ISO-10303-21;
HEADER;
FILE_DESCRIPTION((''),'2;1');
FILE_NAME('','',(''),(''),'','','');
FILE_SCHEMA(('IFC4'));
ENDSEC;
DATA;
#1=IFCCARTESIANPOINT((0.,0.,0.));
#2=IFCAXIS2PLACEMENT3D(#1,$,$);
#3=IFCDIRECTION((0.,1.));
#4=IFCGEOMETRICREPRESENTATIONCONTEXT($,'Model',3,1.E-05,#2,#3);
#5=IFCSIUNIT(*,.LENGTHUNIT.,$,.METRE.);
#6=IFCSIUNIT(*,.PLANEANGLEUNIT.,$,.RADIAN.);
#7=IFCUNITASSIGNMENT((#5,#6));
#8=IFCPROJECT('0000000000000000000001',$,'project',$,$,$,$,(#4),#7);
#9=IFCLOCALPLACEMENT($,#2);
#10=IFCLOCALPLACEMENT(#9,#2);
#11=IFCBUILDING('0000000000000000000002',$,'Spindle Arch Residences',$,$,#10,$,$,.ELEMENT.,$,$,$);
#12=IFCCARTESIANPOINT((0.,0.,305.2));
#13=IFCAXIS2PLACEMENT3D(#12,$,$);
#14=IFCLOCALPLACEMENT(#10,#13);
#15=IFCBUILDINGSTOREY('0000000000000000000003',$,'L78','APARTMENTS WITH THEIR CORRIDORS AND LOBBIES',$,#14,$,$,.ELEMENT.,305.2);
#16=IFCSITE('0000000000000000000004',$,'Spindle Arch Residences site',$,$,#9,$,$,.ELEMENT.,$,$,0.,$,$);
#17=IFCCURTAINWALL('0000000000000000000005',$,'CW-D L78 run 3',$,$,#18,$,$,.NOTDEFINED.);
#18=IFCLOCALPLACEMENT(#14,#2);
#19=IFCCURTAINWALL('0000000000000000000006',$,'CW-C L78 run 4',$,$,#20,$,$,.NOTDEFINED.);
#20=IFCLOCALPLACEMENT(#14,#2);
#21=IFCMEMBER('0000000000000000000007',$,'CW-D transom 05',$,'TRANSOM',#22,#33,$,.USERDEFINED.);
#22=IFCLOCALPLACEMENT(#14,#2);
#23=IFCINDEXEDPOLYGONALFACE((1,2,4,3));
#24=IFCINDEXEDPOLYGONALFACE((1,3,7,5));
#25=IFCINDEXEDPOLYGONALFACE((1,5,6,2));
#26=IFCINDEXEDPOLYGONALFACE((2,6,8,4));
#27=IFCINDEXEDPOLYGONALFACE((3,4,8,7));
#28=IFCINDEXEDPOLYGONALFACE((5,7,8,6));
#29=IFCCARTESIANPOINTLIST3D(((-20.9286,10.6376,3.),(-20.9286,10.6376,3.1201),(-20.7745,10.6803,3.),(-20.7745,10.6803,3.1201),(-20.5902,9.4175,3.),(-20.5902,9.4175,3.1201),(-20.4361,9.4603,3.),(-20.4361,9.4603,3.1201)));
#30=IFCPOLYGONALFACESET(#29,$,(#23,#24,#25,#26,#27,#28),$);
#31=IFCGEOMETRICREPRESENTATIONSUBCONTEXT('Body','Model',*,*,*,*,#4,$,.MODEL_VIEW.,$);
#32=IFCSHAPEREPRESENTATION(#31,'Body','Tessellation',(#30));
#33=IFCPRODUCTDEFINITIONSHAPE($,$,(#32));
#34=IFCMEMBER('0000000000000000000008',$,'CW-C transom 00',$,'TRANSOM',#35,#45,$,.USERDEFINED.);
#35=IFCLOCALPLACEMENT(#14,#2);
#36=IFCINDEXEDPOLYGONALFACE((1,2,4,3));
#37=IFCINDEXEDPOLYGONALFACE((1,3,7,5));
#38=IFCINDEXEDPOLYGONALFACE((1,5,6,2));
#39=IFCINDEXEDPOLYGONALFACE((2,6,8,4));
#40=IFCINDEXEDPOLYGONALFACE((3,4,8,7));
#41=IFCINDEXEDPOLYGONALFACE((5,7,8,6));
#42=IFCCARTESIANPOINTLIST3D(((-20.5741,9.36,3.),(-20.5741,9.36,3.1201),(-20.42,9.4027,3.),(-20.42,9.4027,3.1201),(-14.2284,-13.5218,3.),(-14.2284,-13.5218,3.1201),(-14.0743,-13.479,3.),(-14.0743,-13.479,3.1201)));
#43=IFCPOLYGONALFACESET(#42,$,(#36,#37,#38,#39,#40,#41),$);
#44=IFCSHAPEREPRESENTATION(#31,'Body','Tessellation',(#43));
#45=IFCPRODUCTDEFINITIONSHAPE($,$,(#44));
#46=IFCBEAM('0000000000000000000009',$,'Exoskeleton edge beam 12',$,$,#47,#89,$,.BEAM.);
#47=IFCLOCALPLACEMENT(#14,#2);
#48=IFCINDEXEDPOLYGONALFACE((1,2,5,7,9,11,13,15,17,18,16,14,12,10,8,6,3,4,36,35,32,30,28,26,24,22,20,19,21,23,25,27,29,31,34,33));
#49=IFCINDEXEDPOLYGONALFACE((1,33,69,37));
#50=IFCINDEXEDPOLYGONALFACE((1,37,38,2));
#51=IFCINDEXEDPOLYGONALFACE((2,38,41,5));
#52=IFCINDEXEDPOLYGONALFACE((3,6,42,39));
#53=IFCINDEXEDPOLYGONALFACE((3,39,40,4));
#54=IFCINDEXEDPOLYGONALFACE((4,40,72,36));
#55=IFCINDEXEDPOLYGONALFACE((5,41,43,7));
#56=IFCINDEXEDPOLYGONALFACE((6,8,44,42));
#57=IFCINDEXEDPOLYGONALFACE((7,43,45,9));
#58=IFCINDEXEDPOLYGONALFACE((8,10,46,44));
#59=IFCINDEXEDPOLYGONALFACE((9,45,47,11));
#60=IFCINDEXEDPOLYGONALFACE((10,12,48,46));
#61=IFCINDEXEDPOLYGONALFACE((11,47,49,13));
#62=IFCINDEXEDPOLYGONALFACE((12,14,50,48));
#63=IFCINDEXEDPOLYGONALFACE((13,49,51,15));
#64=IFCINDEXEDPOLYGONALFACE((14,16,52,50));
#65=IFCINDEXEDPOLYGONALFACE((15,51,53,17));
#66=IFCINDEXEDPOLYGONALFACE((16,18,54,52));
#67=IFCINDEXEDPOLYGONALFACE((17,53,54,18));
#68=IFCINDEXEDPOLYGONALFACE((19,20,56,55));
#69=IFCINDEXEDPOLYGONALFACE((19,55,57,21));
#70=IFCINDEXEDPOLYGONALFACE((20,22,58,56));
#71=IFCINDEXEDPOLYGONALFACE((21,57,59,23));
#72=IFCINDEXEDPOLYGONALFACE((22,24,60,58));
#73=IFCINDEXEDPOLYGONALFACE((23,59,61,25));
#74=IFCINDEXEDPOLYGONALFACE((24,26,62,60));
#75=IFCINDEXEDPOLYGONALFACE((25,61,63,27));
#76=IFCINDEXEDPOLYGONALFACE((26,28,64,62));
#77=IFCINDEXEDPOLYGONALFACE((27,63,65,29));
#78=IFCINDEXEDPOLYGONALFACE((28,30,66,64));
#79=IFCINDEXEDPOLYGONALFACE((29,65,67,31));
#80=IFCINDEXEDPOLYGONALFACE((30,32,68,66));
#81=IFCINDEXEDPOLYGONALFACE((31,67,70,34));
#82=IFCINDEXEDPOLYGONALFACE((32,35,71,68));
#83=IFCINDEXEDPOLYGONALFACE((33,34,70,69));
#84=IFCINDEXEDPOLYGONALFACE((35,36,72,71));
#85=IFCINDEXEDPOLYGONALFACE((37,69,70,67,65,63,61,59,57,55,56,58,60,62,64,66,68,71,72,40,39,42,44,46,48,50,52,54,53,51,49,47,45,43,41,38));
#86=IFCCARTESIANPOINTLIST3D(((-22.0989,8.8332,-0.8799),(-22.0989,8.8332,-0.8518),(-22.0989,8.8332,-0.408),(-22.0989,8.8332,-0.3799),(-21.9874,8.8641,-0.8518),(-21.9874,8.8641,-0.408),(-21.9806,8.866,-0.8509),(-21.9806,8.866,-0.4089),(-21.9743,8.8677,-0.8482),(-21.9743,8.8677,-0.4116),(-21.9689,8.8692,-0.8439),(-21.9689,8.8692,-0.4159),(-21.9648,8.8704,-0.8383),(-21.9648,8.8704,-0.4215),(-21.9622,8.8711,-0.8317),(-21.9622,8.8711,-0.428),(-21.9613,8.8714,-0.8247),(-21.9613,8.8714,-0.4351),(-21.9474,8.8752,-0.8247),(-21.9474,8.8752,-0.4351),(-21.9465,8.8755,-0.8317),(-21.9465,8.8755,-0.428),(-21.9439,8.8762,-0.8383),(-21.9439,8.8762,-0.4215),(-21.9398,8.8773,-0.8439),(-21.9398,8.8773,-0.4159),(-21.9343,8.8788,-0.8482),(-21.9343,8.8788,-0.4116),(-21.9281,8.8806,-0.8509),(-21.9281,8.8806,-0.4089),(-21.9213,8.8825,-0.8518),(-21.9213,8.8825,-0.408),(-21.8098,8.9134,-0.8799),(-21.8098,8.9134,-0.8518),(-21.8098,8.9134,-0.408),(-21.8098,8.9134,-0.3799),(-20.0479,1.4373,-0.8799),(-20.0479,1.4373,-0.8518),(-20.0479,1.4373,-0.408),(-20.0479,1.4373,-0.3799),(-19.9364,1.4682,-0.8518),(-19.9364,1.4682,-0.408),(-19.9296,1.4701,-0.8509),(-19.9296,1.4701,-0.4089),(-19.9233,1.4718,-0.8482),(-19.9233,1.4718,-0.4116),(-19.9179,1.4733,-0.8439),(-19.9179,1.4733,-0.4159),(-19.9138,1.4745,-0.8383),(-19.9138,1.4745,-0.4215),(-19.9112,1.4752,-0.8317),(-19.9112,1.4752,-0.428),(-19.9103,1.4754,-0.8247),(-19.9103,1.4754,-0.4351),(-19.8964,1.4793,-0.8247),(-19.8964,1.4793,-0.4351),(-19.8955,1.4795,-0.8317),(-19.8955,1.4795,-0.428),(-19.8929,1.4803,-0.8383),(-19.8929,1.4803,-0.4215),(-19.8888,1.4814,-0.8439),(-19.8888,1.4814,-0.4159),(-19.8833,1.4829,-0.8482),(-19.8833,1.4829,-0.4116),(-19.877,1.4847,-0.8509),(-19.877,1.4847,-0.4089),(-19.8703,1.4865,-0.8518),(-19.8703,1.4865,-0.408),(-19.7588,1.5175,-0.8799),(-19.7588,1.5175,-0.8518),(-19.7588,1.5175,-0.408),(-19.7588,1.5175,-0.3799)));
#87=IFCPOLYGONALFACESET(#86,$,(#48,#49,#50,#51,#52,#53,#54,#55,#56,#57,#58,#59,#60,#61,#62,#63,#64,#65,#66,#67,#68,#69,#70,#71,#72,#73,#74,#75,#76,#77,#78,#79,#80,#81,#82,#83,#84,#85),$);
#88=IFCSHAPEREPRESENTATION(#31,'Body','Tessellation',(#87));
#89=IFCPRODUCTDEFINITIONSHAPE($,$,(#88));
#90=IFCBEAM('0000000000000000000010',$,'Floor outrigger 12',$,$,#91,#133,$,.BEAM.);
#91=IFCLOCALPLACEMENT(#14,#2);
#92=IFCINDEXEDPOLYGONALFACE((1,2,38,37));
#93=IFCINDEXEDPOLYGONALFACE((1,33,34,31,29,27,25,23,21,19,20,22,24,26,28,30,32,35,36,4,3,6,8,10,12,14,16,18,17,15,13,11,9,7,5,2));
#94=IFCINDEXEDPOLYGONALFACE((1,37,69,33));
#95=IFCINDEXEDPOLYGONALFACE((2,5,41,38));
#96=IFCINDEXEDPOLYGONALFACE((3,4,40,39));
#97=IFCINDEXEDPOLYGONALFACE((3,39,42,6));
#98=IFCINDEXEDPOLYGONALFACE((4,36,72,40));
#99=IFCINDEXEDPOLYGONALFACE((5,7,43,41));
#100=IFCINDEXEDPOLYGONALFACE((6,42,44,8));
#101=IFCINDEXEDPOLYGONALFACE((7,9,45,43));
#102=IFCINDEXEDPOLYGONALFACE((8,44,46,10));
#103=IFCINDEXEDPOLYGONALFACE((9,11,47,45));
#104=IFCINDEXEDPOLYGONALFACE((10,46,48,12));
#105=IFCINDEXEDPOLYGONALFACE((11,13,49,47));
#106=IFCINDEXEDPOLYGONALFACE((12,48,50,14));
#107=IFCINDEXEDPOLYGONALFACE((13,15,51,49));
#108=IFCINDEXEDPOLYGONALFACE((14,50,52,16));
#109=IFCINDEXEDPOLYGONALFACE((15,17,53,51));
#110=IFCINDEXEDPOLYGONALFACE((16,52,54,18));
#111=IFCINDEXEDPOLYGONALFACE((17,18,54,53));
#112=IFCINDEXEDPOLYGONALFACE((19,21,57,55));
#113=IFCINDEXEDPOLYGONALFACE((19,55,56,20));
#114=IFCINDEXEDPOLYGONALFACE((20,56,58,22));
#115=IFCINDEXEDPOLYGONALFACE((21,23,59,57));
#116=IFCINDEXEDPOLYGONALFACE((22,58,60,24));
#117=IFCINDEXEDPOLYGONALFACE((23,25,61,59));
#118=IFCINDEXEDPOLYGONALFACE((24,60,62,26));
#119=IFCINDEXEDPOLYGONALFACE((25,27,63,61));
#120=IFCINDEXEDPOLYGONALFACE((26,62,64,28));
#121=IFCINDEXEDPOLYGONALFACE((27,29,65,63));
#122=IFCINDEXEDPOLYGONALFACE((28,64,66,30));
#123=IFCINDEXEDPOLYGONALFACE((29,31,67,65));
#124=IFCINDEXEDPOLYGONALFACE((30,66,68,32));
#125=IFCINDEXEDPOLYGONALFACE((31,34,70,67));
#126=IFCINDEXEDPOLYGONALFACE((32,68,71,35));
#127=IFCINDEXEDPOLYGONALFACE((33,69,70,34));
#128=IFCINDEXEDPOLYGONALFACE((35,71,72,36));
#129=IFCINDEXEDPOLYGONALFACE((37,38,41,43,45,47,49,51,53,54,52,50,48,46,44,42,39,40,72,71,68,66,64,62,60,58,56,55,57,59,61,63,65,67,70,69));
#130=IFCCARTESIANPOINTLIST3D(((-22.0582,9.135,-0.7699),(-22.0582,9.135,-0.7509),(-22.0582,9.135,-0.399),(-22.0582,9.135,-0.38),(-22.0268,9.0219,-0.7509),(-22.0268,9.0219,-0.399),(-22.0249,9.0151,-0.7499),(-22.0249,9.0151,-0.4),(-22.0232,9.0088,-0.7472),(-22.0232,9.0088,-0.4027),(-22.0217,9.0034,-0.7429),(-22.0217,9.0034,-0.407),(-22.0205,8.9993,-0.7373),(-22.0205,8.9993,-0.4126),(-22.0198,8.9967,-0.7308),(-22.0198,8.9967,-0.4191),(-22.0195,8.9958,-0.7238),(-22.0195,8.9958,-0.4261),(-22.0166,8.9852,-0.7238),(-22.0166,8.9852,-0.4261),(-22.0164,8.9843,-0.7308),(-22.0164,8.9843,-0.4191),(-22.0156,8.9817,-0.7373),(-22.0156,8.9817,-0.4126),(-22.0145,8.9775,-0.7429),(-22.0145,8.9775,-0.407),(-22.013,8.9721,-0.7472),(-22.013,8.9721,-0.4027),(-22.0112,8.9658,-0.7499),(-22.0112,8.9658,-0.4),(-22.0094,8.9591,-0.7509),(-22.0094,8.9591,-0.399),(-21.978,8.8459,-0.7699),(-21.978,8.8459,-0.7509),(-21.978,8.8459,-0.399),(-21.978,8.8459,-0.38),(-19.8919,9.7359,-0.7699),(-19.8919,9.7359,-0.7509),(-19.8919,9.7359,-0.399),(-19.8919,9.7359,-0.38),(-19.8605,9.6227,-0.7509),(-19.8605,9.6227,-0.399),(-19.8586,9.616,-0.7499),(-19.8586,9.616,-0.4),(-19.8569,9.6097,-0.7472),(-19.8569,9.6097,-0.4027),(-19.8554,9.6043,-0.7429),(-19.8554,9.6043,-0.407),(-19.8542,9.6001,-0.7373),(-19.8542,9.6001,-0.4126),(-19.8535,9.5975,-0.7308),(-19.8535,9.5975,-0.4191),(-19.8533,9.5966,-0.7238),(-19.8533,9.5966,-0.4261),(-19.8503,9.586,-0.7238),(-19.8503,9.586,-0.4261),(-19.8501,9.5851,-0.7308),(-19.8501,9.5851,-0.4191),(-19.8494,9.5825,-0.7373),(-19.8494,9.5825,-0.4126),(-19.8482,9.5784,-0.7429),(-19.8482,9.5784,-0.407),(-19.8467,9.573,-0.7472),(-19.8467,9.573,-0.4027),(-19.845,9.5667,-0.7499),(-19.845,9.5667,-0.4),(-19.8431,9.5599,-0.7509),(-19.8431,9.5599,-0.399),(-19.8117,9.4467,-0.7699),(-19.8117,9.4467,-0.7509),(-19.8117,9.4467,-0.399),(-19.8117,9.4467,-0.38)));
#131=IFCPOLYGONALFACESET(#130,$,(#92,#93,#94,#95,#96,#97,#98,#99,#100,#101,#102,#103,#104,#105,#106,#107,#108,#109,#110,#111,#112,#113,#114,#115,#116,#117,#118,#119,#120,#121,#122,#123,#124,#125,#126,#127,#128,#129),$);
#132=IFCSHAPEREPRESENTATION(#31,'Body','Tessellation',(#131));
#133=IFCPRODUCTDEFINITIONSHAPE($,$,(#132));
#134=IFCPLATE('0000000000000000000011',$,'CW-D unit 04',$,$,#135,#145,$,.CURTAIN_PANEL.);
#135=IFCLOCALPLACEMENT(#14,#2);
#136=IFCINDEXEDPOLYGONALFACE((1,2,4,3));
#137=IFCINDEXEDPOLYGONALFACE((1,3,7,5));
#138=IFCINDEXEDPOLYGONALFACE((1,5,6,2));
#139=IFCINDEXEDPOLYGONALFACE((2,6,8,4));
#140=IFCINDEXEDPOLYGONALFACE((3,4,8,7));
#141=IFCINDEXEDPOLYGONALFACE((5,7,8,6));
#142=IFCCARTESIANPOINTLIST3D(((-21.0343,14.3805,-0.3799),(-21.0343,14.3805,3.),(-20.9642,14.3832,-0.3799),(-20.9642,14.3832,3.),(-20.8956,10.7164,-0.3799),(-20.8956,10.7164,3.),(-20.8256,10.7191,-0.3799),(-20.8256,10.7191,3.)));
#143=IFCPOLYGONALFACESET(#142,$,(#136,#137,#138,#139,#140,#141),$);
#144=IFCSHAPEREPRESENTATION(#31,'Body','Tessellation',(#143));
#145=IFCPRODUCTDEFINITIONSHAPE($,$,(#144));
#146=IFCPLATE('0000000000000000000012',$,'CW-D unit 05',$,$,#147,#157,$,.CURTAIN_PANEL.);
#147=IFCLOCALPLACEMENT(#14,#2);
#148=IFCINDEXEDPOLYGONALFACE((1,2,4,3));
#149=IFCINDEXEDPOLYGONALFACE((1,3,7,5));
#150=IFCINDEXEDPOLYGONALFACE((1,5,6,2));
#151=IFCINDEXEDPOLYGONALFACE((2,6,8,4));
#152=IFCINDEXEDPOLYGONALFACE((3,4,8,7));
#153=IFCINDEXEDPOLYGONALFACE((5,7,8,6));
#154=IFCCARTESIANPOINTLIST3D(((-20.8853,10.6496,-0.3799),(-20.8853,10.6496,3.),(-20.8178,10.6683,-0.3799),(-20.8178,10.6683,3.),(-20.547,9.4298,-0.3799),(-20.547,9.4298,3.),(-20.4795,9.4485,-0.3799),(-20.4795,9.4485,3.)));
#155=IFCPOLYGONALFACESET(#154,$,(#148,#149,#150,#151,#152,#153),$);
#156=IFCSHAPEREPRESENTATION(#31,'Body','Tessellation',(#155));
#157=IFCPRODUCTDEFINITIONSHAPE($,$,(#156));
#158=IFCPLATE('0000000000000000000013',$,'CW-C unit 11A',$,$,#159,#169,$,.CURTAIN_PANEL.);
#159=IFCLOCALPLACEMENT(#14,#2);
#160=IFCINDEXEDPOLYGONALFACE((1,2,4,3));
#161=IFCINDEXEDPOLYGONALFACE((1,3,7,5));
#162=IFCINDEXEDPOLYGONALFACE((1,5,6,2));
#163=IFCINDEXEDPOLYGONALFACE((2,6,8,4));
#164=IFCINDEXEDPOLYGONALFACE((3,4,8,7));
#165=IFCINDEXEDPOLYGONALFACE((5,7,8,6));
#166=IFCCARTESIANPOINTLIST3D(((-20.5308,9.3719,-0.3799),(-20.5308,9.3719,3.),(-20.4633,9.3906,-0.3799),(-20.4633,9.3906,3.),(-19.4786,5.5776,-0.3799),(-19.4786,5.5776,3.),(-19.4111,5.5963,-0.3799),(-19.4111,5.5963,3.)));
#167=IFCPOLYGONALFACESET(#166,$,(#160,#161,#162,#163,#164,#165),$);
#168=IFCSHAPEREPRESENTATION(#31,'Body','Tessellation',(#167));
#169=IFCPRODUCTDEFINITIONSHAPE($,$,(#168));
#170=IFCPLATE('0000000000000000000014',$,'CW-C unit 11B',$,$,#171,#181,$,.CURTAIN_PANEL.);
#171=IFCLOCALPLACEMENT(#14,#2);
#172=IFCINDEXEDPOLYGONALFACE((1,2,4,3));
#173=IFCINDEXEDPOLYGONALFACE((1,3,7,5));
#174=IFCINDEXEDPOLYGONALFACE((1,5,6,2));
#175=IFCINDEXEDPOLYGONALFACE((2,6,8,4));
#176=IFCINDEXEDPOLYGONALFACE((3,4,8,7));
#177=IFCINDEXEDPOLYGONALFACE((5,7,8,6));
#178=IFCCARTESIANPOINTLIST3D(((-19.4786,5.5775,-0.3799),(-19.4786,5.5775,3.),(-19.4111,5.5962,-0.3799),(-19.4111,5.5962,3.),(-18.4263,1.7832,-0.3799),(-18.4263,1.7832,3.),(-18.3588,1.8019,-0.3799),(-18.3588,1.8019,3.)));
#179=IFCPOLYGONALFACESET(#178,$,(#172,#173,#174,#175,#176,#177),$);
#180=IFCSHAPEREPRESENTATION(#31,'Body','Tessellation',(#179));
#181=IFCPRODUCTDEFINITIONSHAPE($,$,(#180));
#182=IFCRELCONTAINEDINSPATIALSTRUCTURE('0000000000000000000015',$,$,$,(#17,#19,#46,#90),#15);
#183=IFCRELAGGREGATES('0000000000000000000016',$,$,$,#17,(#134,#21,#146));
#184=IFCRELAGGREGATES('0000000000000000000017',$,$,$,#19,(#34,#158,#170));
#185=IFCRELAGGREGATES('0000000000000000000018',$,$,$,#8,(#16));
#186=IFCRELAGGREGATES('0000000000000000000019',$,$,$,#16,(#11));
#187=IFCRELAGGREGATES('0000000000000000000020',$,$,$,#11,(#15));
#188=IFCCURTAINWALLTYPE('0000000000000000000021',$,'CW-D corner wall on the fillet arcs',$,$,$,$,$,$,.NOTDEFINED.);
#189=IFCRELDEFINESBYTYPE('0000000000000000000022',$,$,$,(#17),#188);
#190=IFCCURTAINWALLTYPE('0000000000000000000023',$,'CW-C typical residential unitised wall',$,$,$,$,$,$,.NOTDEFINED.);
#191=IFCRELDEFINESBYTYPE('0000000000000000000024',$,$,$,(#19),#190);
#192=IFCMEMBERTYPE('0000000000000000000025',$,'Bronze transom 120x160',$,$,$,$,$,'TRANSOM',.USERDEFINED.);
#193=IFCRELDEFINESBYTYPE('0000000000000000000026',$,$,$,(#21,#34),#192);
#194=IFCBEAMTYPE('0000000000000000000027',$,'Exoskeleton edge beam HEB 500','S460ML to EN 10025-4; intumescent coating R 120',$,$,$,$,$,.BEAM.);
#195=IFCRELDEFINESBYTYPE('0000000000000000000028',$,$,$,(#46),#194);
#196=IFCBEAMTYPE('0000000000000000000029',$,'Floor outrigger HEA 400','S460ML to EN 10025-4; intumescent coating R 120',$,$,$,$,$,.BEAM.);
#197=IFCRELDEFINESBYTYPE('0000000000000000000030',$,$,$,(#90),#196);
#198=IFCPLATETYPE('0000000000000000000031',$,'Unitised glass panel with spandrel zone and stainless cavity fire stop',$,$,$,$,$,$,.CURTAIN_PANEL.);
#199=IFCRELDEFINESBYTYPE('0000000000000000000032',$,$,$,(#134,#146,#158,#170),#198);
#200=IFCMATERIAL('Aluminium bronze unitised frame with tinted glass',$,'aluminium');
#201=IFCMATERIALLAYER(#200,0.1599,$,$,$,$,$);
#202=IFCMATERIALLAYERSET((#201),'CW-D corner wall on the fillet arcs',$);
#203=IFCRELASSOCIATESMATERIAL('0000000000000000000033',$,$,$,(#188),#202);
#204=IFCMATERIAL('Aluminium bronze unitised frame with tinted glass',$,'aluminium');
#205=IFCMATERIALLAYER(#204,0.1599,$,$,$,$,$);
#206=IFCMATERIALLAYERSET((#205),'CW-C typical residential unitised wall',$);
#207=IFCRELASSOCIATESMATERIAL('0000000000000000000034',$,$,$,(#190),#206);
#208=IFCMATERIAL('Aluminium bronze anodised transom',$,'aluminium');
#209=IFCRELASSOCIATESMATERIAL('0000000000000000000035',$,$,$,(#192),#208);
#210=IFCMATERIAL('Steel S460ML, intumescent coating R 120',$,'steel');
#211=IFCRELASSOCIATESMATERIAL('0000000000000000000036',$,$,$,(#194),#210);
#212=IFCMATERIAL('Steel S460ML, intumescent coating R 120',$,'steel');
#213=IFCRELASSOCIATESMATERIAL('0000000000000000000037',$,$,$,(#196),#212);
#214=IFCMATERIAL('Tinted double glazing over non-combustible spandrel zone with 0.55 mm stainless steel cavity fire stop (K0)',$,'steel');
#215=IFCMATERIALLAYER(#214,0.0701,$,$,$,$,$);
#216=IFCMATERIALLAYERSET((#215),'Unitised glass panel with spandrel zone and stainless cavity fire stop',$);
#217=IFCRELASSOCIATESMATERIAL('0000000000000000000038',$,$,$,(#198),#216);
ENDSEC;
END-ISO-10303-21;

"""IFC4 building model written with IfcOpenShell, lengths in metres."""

from ifc_helpers import new_model, si_unit, direction, frame, origin, origin_2d, place, context, subcontext, project, spatial, rectangle, i_section, extrude, material, layer, layer_set, material_profile, profile_set, type_object, element, aggregate, save


model = new_model("IFC4")

# Units and contexts
model_context = context("Model", 3, precision=1e-05, world=origin(), true_north=direction((0.0, 1.0)))
body_context = subcontext(model_context, "Body", "Model", "MODEL_VIEW")
ifc_project = project(units=[si_unit("LENGTHUNIT", "METRE"), si_unit("PLANEANGLEUNIT", "RADIAN")], contexts=[model_context])

# Site, building, storey
site_placement = place(None, origin())
site = spatial("IfcSite", under=ifc_project, at=site_placement, Name="Spindle Arch Residences site", CompositionType="ELEMENT", RefElevation=0.0)
building_placement = place(site_placement, origin())
building = spatial("IfcBuilding", under=site, at=building_placement, Name="Spindle Arch Residences", CompositionType="ELEMENT")
storey_placement = place(building_placement, frame((0.0, 0.0, 305.2)))
storey = spatial("IfcBuildingStorey", under=building, at=storey_placement, Name="L78", Description="APARTMENTS WITH THEIR CORRIDORS AND LOBBIES", CompositionType="ELEMENT", Elevation=305.2)

# Curtain wall
ifc_material_1 = material(Name="Aluminium bronze unitised frame with tinted glass", Category="aluminium")
ifc_layer_1 = layer(ifc_material_1, 0.1599)
ifc_layer_set_1 = layer_set([ifc_layer_1], Name="CW-D corner wall on the fillet arcs")
curtain_wall_type_1 = type_object("IfcCurtainWallType", Name="CW-D corner wall on the fillet arcs", PredefinedType="NOTDEFINED", material=ifc_layer_set_1)
curtain_wall_1_placement = place(storey_placement, origin())
curtain_wall_1 = element("IfcCurtainWall", 1, at=curtain_wall_1_placement, inside=storey, type_object=curtain_wall_type_1, Name="CW-D L78 run 3", PredefinedType="NOTDEFINED")

# Curtain wall
ifc_material_2 = material(Name="Aluminium bronze unitised frame with tinted glass", Category="aluminium")
ifc_layer_2 = layer(ifc_material_2, 0.1599)
ifc_layer_set_2 = layer_set([ifc_layer_2], Name="CW-C typical residential unitised wall")
curtain_wall_type_2 = type_object("IfcCurtainWallType", Name="CW-C typical residential unitised wall", PredefinedType="NOTDEFINED", material=ifc_layer_set_2)
curtain_wall_2_placement = place(storey_placement, origin())
curtain_wall_2 = element("IfcCurtainWall", 2, at=curtain_wall_2_placement, inside=storey, type_object=curtain_wall_type_2, Name="CW-C L78 run 4", PredefinedType="NOTDEFINED")

# Members
ifc_material_3 = material(Name="Aluminium bronze anodised transom", Category="aluminium")
ifc_material_profile_1 = material_profile(ifc_material_3, rectangle(XDim=0.1599, YDim=0.1201, at=origin_2d()), Name="TR 120x160")
ifc_profile_set_1 = profile_set([ifc_material_profile_1], Name="Aluminium bronze anodised transom")
member_type_1 = type_object("IfcMemberType", Name="Bronze transom 120x160", ElementType="TRANSOM", PredefinedType="USERDEFINED", material=ifc_profile_set_1)
member_1_placement = place(storey_placement, frame((-20.8516, 10.6589, 3.0601), z_axis=(0.267276, -0.96362, 0.0), x_axis=(0.96362, 0.267276, 0.0)))
member_1 = element("IfcMember", 3, at=member_1_placement, type_object=member_type_1, Name="CW-D transom 05", ObjectType="TRANSOM", PredefinedType="USERDEFINED", context=body_context, shape_type="SweptSolid", body=[
    extrude(rectangle(XDim=0.1599, YDim=0.1201, at=origin_2d()), origin(), (0.0, 0.0, 1.0), 1.2661),
])
member_2_placement = place(storey_placement, frame((-20.4971, 9.3813, 3.0601), z_axis=(0.267239, -0.96363, 0.0), x_axis=(0.96363, 0.267239, 0.0)))
member_2 = element("IfcMember", 4, at=member_2_placement, type_object=member_type_1, Name="CW-C transom 00", ObjectType="TRANSOM", PredefinedType="USERDEFINED", context=body_context, shape_type="SweptSolid", body=[
    extrude(rectangle(XDim=0.1599, YDim=0.1201, at=origin_2d()), origin(), (0.0, 0.0, 1.0), 23.7454),
])

# Beams
ifc_material_4 = material(Name="Steel S460ML, intumescent coating R 120", Category="steel")
ifc_material_profile_2 = material_profile(ifc_material_4, i_section(OverallWidth=0.3, OverallDepth=0.5, WebThickness=0.0144, FlangeThickness=0.0281, FilletRadius=0.0271, at=origin_2d()), Name="HEB 500")
ifc_profile_set_2 = profile_set([ifc_material_profile_2], Name="Steel S460ML, intumescent coating R 120")
beam_type_1 = type_object("IfcBeamType", Name="Exoskeleton edge beam HEB 500", Description="S460ML to EN 10025-4; intumescent coating R 120", PredefinedType="BEAM", material=ifc_profile_set_2)
beam_1_placement = place(storey_placement, frame((-21.9543, 8.8733, -0.6299), z_axis=(0.26723, -0.963633, 0.0), x_axis=(0.963633, 0.26723, 0.0)))
element("IfcBeam", 5, at=beam_1_placement, inside=storey, type_object=beam_type_1, Name="Exoskeleton edge beam 12", PredefinedType="BEAM", context=body_context, shape_type="SweptSolid", body=[
    extrude(i_section(OverallWidth=0.3, OverallDepth=0.5, WebThickness=0.0144, FlangeThickness=0.0281, FilletRadius=0.0271, at=origin_2d()), origin(), (0.0, 0.0, 1.0), 7.675),
])
ifc_material_5 = material(Name="Steel S460ML, intumescent coating R 120", Category="steel")
ifc_material_profile_3 = material_profile(ifc_material_5, i_section(OverallWidth=0.3, OverallDepth=0.3899, WebThickness=0.011, FlangeThickness=0.019, FilletRadius=0.0271, at=origin_2d()), Name="HEA 400")
ifc_profile_set_3 = profile_set([ifc_material_profile_3], Name="Steel S460ML, intumescent coating R 120")
beam_type_2 = type_object("IfcBeamType", Name="Floor outrigger HEA 400", Description="S460ML to EN 10025-4; intumescent coating R 120", PredefinedType="BEAM", material=ifc_profile_set_3)
beam_2_placement = place(storey_placement, frame((-22.0181, 8.9905, -0.575), z_axis=(0.963622, 0.267269, 0.0), x_axis=(-0.267269, 0.963622, 0.0)))
element("IfcBeam", 6, at=beam_2_placement, inside=storey, type_object=beam_type_2, Name="Floor outrigger 12", PredefinedType="BEAM", context=body_context, shape_type="SweptSolid", body=[
    extrude(i_section(OverallWidth=0.3, OverallDepth=0.3899, WebThickness=0.011, FlangeThickness=0.019, FilletRadius=0.0271, at=origin_2d()), origin(), (0.0, 0.0, 1.0), 2.248),
])

# Plates
ifc_material_6 = material(Name="Tinted double glazing over non-combustible spandrel zone with 0.55 mm stainless steel cavity fire stop (K0)", Category="steel")
ifc_layer_3 = layer(ifc_material_6, 0.0701)
ifc_layer_set_3 = layer_set([ifc_layer_3], Name="Unitised glass panel with spandrel zone and stainless cavity fire stop")
plate_type = type_object("IfcPlateType", Name="Unitised glass panel with spandrel zone and stainless cavity fire stop", PredefinedType="CURTAIN_PANEL", material=ifc_layer_set_3)
plate_1_placement = place(storey_placement, frame((-20.9299, 12.5498, -0.3799), z_axis=(0.0, 0.0, 1.0), x_axis=(0.037806, -0.999285, 0.0)))
plate_1 = element("IfcPlate", 7, at=plate_1_placement, type_object=plate_type, Name="CW-D unit 04", PredefinedType="CURTAIN_PANEL", context=body_context, shape_type="SweptSolid", body=[
    extrude(rectangle(XDim=3.6667, YDim=0.0701, at=origin_2d()), origin(), (0.0, 0.0, 1.0), 3.3799),
])
plate_2_placement = place(storey_placement, frame((-20.6824, 10.0491, -0.3799), z_axis=(0.0, 0.0, 1.0), x_axis=(0.267238, -0.96363, 0.0)))
plate_2 = element("IfcPlate", 8, at=plate_2_placement, type_object=plate_type, Name="CW-D unit 05", PredefinedType="CURTAIN_PANEL", context=body_context, shape_type="SweptSolid", body=[
    extrude(rectangle(XDim=1.2659, YDim=0.0701, at=origin_2d()), origin(), (0.0, 0.0, 1.0), 3.3799),
])
aggregate(curtain_wall_1, [plate_1, member_1, plate_2])
plate_3_placement = place(storey_placement, frame((-19.9709, 7.4841, -0.3799), z_axis=(0.0, 0.0, 1.0), x_axis=(0.267238, -0.96363, 0.0)))
plate_3 = element("IfcPlate", 9, at=plate_3_placement, type_object=plate_type, Name="CW-C unit 11A", PredefinedType="CURTAIN_PANEL", context=body_context, shape_type="SweptSolid", body=[
    extrude(rectangle(XDim=3.9375, YDim=0.0701, at=origin_2d()), origin(), (0.0, 0.0, 1.0), 3.3799),
])
plate_4_placement = place(storey_placement, frame((-18.9187, 3.6897, -0.3799), z_axis=(0.0, 0.0, 1.0), x_axis=(0.267238, -0.96363, 0.0)))
plate_4 = element("IfcPlate", 10, at=plate_4_placement, type_object=plate_type, Name="CW-C unit 11B", PredefinedType="CURTAIN_PANEL", context=body_context, shape_type="SweptSolid", body=[
    extrude(rectangle(XDim=3.9375, YDim=0.0701, at=origin_2d()), origin(), (0.0, 0.0, 1.0), 3.3799),
])
aggregate(curtain_wall_2, [member_2, plate_3, plate_4])

save(model, "model.ifc")
